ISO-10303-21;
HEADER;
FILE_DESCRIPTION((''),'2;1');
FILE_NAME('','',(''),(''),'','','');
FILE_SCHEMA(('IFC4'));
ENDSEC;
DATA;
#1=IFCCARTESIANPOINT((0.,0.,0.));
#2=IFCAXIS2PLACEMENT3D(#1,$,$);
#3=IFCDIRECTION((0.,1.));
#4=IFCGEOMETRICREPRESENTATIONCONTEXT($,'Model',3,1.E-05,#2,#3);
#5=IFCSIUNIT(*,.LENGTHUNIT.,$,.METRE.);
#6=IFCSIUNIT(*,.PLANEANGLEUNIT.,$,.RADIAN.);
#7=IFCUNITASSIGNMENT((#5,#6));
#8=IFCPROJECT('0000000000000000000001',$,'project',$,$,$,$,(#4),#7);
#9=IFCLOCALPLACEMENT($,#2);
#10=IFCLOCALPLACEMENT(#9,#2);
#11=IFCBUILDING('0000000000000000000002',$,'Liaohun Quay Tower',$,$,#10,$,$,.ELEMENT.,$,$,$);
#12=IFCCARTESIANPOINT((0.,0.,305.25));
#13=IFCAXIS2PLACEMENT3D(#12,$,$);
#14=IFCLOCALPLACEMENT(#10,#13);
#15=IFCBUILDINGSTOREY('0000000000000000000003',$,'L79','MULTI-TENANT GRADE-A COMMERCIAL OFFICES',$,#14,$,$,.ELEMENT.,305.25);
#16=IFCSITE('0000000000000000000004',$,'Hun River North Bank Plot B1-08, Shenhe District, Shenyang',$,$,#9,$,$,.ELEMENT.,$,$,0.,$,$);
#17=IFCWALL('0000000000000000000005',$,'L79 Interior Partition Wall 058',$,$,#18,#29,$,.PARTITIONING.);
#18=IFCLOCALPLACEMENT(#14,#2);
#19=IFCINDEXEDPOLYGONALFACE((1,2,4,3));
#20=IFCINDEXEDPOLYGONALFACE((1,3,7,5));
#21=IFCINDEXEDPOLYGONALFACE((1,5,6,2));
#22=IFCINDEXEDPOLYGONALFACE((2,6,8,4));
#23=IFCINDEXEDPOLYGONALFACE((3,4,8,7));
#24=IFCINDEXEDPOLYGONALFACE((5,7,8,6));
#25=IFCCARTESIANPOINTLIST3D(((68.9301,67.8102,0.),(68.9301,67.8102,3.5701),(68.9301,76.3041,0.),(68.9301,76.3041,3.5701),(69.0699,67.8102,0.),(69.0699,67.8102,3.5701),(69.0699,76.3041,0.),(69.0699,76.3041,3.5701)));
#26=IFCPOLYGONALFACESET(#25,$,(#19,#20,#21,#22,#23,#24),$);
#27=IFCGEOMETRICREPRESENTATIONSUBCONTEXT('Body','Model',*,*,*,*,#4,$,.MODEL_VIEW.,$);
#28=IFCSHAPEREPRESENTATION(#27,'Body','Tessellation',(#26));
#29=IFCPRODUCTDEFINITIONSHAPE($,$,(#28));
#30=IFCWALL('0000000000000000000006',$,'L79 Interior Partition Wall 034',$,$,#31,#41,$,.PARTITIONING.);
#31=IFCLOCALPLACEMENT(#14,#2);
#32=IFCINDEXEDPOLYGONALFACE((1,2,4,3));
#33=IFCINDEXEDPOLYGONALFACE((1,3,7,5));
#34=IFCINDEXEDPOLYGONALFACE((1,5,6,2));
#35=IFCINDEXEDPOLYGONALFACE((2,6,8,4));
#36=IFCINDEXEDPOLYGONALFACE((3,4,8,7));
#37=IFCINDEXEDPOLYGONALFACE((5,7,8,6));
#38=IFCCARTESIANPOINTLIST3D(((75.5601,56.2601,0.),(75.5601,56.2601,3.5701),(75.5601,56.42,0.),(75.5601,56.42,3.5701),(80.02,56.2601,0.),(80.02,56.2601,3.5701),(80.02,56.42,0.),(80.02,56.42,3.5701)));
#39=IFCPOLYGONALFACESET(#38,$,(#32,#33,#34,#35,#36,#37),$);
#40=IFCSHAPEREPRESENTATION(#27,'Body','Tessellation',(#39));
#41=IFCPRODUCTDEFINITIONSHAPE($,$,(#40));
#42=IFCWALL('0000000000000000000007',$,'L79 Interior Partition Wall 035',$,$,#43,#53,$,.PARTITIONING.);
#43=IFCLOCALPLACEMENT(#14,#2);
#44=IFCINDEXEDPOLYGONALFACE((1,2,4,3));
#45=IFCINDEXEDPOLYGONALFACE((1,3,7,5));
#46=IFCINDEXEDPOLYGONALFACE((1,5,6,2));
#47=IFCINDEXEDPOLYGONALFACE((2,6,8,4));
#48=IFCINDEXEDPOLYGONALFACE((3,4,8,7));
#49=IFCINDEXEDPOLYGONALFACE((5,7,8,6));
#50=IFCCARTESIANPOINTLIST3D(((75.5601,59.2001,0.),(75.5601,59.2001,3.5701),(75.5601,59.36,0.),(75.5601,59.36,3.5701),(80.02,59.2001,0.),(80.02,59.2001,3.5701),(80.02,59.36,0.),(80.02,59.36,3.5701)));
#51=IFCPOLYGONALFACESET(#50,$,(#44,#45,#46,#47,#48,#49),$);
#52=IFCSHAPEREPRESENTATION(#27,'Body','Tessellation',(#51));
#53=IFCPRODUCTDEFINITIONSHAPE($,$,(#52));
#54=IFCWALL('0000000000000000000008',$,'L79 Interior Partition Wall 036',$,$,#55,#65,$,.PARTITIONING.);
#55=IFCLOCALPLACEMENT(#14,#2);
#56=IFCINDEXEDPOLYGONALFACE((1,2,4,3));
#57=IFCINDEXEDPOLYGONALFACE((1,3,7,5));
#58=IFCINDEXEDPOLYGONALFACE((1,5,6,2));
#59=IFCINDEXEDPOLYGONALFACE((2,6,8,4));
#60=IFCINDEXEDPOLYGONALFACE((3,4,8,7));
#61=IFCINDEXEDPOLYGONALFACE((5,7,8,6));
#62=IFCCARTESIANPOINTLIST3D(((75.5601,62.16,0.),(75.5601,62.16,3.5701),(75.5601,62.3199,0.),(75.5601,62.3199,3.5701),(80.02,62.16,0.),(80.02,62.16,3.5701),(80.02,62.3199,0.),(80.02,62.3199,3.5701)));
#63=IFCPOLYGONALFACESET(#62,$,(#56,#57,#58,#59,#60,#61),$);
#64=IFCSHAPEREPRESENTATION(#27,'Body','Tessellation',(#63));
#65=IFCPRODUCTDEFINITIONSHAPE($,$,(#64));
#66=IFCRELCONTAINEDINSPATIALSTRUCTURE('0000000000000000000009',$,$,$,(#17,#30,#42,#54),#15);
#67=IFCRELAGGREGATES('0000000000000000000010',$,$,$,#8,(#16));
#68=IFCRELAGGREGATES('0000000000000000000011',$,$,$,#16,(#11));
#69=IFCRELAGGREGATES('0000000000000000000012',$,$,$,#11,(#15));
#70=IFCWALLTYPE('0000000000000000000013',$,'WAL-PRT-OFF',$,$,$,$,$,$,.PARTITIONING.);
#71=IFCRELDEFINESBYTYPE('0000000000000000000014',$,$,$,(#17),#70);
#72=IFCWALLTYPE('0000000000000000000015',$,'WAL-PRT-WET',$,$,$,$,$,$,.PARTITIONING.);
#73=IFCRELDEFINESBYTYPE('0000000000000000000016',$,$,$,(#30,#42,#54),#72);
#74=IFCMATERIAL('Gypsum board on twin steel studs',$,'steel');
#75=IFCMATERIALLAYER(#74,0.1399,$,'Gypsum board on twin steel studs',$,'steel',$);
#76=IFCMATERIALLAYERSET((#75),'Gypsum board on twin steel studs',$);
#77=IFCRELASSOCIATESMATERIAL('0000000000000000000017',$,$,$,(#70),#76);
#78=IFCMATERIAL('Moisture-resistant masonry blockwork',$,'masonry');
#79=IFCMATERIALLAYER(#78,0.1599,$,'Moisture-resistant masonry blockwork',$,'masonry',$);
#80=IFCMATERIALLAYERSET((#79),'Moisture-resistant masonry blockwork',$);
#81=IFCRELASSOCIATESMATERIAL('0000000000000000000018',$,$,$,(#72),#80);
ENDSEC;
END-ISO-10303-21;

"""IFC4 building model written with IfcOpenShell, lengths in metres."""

from ifc_helpers import new_model, si_unit, direction, frame, frame_2d, origin, place, context, subcontext, project, spatial, rectangle, extrude, material, layer, layer_set, type_object, element, save


model = new_model("IFC4")

# Units and contexts
model_context = context("Model", 3, precision=1e-05, world=origin(), true_north=direction((0.0, 1.0)))
body_context = subcontext(model_context, "Body", "Model", "MODEL_VIEW")
ifc_project = project(units=[si_unit("LENGTHUNIT", "METRE"), si_unit("PLANEANGLEUNIT", "RADIAN")], contexts=[model_context])

# Site, building, storey
site_placement = place(None, origin())
site = spatial("IfcSite", under=ifc_project, at=site_placement, Name="Hun River North Bank Plot B1-08, Shenhe District, Shenyang", CompositionType="ELEMENT", RefElevation=0.0)
building_placement = place(site_placement, origin())
building = spatial("IfcBuilding", under=site, at=building_placement, Name="Liaohun Quay Tower", CompositionType="ELEMENT")
storey_placement = place(building_placement, frame((0.0, 0.0, 305.25)))
storey = spatial("IfcBuildingStorey", under=building, at=storey_placement, Name="L79", Description="MULTI-TENANT GRADE-A COMMERCIAL OFFICES", CompositionType="ELEMENT", Elevation=305.25)

# Wall
ifc_material_1 = material(Name="Gypsum board on twin steel studs", Category="steel")
ifc_layer_1 = layer(ifc_material_1, 0.1399, Name="Gypsum board on twin steel studs", Category="steel")
ifc_layer_set_1 = layer_set([ifc_layer_1], Name="Gypsum board on twin steel studs")
wall_type_1 = type_object("IfcWallType", Name="WAL-PRT-OFF", PredefinedType="PARTITIONING", material=ifc_layer_set_1)
wall_1_placement = place(storey_placement, frame((69.0, 67.8101, 0.0), z_axis=(0.0, 0.0, 1.0), x_axis=(0.0, 1.0, 0.0)))
element("IfcWall", 1, at=wall_1_placement, inside=storey, type_object=wall_type_1, Name="L79 Interior Partition Wall 058", PredefinedType="PARTITIONING", context=body_context, shape_type="SweptSolid", body=[
    extrude(rectangle(XDim=8.4939, YDim=0.1399, at=frame_2d((4.2471, 0.0))), origin(), (0.0, 0.0, 1.0), 3.5701),
])

# Shared definitions
ifc_material_2 = material(Name="Moisture-resistant masonry blockwork", Category="masonry")
ifc_layer_2 = layer(ifc_material_2, 0.1599, Name="Moisture-resistant masonry blockwork", Category="masonry")
ifc_layer_set_2 = layer_set([ifc_layer_2], Name="Moisture-resistant masonry blockwork")
wall_type_2 = type_object("IfcWallType", Name="WAL-PRT-WET", PredefinedType="PARTITIONING", material=ifc_layer_set_2)

# Walls
for number, where, z_axis, x_axis, name in (
    (2, (75.5601, 56.3401, 0.0), (0.0, 0.0, 1.0), (1.0, 0.0, 0.0), "L79 Interior Partition Wall 034"),
    (3, (75.5601, 59.28, 0.0), (0.0, 0.0, 1.0), (1.0, 0.0, 0.0), "L79 Interior Partition Wall 035"),
    (4, (75.5601, 62.24, 0.0), (0.0, 0.0, 1.0), (1.0, 0.0, 0.0), "L79 Interior Partition Wall 036"),
):
    element("IfcWall", number, at=place(storey_placement, frame(where, z_axis=z_axis, x_axis=x_axis)), inside=storey, type_object=wall_type_2, Name=name, PredefinedType="PARTITIONING", context=body_context, shape_type="SweptSolid", body=[
        extrude(rectangle(XDim=4.46, YDim=0.1599, at=frame_2d((2.23, 0.0))), origin(), (0.0, 0.0, 1.0), 3.5701),
    ])

save(model, "model.ifc")
